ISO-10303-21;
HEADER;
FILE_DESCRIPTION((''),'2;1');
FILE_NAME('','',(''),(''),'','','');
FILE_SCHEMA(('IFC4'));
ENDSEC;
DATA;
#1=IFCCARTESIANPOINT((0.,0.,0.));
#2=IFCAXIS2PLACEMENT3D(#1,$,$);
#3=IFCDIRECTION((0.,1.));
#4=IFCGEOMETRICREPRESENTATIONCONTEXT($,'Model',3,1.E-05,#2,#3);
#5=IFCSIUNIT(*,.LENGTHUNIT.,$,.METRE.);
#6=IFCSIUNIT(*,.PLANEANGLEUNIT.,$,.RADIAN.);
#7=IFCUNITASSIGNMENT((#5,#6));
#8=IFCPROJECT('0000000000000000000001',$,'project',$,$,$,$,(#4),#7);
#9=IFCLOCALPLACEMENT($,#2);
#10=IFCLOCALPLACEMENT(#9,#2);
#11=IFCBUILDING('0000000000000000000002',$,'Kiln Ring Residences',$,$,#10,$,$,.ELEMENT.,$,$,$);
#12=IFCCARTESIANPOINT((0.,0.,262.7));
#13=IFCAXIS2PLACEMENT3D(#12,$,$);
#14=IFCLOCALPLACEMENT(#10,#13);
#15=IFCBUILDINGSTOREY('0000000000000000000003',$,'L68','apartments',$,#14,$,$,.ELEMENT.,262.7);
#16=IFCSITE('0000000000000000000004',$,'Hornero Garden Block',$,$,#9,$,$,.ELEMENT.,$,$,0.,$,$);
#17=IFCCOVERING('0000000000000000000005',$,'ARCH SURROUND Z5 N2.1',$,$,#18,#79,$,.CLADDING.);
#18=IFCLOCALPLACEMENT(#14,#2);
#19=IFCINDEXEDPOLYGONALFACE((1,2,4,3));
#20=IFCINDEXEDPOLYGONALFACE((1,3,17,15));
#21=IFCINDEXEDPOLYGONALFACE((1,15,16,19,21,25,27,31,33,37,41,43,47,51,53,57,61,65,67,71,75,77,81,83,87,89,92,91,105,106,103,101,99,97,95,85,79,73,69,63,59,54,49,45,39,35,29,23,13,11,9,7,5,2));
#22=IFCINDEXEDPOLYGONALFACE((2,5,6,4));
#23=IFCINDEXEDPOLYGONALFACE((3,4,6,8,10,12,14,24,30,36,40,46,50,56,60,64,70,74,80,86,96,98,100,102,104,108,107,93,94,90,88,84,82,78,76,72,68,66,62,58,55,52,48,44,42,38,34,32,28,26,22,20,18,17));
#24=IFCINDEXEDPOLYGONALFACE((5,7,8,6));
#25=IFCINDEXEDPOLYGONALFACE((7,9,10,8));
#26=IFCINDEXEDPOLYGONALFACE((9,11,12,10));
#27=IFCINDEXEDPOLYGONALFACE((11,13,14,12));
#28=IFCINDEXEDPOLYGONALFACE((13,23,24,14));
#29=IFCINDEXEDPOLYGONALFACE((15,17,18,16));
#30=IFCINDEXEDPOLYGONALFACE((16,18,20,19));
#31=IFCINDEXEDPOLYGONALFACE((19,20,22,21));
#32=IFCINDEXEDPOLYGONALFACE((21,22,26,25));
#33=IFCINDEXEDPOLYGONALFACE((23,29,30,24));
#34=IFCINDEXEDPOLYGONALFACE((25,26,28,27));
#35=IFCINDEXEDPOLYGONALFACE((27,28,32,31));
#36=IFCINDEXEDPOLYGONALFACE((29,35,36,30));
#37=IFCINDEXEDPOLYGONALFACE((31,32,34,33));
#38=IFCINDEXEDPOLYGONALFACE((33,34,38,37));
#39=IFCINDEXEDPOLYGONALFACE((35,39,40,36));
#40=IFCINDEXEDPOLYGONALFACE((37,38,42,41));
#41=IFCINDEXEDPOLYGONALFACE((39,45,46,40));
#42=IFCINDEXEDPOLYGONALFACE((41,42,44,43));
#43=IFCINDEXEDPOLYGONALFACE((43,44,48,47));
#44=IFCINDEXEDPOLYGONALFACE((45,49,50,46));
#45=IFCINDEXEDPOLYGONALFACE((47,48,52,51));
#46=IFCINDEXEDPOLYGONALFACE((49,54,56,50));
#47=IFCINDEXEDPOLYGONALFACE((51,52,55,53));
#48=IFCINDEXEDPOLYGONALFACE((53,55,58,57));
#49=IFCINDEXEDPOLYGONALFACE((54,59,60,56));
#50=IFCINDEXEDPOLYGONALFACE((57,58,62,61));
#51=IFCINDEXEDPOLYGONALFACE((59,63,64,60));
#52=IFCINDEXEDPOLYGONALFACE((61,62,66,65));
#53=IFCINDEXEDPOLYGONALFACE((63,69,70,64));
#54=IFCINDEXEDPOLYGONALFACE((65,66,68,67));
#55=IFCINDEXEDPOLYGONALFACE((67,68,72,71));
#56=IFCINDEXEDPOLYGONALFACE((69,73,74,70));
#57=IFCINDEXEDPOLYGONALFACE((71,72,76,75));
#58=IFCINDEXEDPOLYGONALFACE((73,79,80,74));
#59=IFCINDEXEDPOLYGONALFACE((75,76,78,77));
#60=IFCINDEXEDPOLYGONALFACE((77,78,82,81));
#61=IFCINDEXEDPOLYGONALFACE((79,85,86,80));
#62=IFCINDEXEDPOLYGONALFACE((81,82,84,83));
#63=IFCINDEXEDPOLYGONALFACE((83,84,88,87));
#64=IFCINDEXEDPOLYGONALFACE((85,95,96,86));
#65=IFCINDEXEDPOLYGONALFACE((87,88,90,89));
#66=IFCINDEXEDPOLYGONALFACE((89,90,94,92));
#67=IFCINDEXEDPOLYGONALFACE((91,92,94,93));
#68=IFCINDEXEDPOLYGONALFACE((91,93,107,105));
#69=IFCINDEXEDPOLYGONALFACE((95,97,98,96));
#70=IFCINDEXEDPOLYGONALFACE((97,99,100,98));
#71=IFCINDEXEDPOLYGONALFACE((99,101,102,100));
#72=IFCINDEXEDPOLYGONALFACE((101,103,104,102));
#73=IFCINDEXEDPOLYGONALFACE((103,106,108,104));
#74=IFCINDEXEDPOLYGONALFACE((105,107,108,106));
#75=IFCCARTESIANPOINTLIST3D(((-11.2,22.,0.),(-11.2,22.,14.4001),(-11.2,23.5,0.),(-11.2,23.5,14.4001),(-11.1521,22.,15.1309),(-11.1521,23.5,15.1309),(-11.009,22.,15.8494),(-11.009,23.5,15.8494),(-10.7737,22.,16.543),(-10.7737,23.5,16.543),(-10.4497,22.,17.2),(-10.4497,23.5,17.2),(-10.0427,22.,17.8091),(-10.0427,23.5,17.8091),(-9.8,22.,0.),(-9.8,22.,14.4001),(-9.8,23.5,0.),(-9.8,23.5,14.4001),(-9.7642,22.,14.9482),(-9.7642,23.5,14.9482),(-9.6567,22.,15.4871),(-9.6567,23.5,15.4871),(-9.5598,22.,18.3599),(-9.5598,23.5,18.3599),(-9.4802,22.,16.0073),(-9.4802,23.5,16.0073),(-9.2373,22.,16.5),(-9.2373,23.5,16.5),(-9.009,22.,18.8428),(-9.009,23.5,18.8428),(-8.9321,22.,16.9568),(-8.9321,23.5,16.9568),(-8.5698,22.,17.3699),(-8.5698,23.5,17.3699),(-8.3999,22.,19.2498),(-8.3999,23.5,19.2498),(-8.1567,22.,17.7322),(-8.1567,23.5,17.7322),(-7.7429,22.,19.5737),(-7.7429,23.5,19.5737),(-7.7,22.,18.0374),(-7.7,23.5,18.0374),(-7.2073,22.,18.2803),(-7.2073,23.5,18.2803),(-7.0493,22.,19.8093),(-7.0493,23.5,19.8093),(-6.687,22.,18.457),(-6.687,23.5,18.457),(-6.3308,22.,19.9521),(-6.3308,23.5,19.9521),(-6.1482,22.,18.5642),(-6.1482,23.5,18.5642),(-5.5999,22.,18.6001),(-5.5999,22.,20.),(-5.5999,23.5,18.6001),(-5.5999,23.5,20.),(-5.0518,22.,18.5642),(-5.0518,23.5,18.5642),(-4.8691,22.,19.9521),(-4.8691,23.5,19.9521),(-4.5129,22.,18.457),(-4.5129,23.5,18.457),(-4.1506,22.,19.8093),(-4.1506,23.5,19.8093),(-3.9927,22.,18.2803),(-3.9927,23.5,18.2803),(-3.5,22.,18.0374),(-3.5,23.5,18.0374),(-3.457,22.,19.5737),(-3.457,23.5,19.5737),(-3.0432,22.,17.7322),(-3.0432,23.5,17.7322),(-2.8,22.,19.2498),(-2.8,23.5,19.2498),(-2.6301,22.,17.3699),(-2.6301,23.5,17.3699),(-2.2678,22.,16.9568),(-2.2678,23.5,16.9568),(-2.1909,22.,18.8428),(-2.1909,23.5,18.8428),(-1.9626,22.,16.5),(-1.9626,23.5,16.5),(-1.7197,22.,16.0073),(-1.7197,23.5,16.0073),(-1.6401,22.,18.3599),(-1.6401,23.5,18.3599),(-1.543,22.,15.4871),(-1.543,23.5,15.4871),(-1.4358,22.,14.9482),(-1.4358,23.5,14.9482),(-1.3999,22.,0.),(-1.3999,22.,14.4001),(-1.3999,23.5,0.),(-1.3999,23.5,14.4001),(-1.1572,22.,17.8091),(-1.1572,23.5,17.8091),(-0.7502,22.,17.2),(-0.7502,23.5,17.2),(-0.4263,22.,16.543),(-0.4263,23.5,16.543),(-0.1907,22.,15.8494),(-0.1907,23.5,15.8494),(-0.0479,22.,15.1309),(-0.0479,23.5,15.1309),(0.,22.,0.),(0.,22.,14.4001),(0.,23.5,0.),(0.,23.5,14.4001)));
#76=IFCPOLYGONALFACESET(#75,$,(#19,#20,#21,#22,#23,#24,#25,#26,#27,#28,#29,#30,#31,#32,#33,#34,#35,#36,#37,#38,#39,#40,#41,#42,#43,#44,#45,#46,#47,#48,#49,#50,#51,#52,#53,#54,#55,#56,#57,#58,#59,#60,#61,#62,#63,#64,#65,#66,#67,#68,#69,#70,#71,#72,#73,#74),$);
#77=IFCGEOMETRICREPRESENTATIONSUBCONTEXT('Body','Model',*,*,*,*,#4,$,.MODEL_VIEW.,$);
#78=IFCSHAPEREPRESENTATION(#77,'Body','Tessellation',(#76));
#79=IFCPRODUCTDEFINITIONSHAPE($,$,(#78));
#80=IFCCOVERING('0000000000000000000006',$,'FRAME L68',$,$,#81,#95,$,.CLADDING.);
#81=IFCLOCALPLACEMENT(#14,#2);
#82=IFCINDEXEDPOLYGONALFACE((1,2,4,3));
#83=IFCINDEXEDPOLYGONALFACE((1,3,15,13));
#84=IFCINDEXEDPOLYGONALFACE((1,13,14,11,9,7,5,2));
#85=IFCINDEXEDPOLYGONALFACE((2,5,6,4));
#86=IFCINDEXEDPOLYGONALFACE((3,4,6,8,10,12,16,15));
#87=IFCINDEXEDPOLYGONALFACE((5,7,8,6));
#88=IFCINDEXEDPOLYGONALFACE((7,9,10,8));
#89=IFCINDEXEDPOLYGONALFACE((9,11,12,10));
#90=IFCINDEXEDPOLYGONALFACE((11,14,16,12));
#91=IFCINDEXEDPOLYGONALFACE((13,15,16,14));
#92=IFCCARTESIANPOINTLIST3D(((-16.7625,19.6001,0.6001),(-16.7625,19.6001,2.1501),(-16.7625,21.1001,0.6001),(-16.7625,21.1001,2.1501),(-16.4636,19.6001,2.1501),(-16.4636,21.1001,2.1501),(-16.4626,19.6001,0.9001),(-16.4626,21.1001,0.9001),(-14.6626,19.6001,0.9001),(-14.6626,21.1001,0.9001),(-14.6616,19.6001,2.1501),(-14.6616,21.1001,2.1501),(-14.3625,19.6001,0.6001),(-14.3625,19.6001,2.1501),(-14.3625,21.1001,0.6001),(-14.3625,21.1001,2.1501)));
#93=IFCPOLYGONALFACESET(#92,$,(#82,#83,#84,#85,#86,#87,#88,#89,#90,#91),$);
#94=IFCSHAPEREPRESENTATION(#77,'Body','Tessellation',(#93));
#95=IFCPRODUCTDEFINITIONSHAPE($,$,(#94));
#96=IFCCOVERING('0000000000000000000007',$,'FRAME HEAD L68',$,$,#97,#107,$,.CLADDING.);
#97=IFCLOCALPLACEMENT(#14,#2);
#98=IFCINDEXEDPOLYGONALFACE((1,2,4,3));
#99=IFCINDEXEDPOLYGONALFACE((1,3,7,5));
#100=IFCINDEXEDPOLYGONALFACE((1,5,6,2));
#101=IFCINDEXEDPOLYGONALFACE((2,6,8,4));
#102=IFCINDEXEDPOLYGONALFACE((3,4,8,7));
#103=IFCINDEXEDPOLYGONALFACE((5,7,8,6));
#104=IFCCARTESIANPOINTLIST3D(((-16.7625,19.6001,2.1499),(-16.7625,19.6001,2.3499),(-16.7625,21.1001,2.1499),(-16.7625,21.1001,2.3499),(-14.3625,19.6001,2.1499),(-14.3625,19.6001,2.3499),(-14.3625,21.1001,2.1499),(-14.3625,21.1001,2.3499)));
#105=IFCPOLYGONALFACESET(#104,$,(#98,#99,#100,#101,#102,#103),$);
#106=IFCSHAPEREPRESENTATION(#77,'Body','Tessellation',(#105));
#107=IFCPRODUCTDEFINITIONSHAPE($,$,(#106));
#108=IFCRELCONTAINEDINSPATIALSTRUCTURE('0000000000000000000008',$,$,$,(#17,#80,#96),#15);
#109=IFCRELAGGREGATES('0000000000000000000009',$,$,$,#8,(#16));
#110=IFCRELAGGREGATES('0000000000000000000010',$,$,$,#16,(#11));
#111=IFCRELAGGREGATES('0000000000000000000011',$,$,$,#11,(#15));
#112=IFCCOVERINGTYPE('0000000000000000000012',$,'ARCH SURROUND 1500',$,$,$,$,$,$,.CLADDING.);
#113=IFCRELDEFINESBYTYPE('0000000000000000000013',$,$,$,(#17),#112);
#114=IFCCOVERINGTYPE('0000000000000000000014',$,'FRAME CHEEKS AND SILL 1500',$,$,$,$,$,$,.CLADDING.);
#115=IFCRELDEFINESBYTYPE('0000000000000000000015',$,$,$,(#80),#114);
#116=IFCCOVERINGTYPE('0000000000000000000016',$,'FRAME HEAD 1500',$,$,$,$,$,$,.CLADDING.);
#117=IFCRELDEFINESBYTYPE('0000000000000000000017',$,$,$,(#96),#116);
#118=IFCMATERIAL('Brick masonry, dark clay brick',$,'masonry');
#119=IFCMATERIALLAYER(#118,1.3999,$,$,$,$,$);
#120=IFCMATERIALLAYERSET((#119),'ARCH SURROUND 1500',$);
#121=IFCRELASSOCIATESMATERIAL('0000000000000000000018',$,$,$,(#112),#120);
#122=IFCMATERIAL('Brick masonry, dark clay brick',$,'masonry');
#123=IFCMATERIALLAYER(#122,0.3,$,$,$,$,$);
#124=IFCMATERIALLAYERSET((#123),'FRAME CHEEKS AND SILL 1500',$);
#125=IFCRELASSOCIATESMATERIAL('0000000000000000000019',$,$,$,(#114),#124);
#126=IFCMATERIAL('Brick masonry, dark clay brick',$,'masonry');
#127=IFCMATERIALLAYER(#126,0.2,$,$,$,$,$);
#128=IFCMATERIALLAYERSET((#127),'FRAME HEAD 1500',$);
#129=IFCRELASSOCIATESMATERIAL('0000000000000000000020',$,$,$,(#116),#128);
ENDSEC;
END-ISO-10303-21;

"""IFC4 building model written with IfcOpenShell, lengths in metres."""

from ifc_helpers import new_model, si_unit, direction, frame, origin, origin_2d, place, context, subcontext, project, spatial, polyline, rectangle, outline, extrude, material, layer, layer_set, type_object, element, save


model = new_model("IFC4")

# Units and contexts
model_context = context("Model", 3, precision=1e-05, world=origin(), true_north=direction((0.0, 1.0)))
body_context = subcontext(model_context, "Body", "Model", "MODEL_VIEW")
ifc_project = project(units=[si_unit("LENGTHUNIT", "METRE"), si_unit("PLANEANGLEUNIT", "RADIAN")], contexts=[model_context])

# Site, building, storey
site_placement = place(None, origin())
site = spatial("IfcSite", under=ifc_project, at=site_placement, Name="Hornero Garden Block", CompositionType="ELEMENT", RefElevation=0.0)
building_placement = place(site_placement, origin())
building = spatial("IfcBuilding", under=site, at=building_placement, Name="Kiln Ring Residences", CompositionType="ELEMENT")
storey_placement = place(building_placement, frame((0.0, 0.0, 262.7)))
storey = spatial("IfcBuildingStorey", under=building, at=storey_placement, Name="L68", Description="apartments", CompositionType="ELEMENT", Elevation=262.7)

# Coverings
ifc_material_1 = material(Name="Brick masonry, dark clay brick", Category="masonry")
ifc_layer_1 = layer(ifc_material_1, 1.3999)
ifc_layer_set_1 = layer_set([ifc_layer_1], Name="ARCH SURROUND 1500")
covering_type_1 = type_object("IfcCoveringType", Name="ARCH SURROUND 1500", PredefinedType="CLADDING", material=ifc_layer_set_1)
covering_1_placement = place(storey_placement, frame((-11.2, 22.75, 0.0), z_axis=(0.0, 0.0, 1.0), x_axis=(1.0, 0.0, 0.0)))
element("IfcCovering", 1, at=covering_1_placement, inside=storey, type_object=covering_type_1, Name="ARCH SURROUND Z5 N2.1", PredefinedType="CLADDING", context=body_context, shape_type="SweptSolid", body=[
    extrude(outline(polyline([(0.0, 0.0), (0.0, 14.4001), (0.0479, 15.1309), (0.1909, 15.8494), (0.4263, 16.543), (0.7502, 17.2), (1.1572, 17.8091), (1.6401, 18.3599), (2.1909, 18.8428), (2.8, 19.2498), (3.457, 19.5737), (4.1506, 19.8093), (4.8691, 19.9521), (5.6001, 20.0), (6.3308, 19.9521), (7.0493, 19.8093), (7.7429, 19.5737), (8.3999, 19.2498), (9.009, 18.8428), (9.5598, 18.3599), (10.0427, 17.8091), (10.4497, 17.2), (10.7737, 16.543), (11.0093, 15.8494), (11.1521, 15.1309), (11.2, 14.4001), (11.2, 0.0), (9.8, 0.0), (9.8, 14.4001), (9.7642, 14.9482), (9.657, 15.4871), (9.4802, 16.0073), (9.2373, 16.5), (8.9321, 16.9568), (8.5698, 17.3699), (8.1567, 17.7322), (7.7, 18.0374), (7.2073, 18.2803), (6.687, 18.457), (6.1482, 18.5642), (5.6001, 18.6001), (5.0518, 18.5642), (4.5129, 18.457), (3.9927, 18.2803), (3.5, 18.0374), (3.0432, 17.7322), (2.6301, 17.3699), (2.2678, 16.9568), (1.9626, 16.5), (1.7197, 16.0073), (1.5432, 15.4871), (1.4358, 14.9482), (1.3999, 14.4001), (1.3999, 0.0), (0.0, 0.0)])), frame((0.0, 0.75, 0.0), z_axis=(0.0, -1.0, 0.0), x_axis=(1.0, 0.0, 0.0)), (0.0, 0.0, 1.0), 1.5),
])
ifc_material_2 = material(Name="Brick masonry, dark clay brick", Category="masonry")
ifc_layer_2 = layer(ifc_material_2, 0.3)
ifc_layer_set_2 = layer_set([ifc_layer_2], Name="FRAME CHEEKS AND SILL 1500")
covering_type_2 = type_object("IfcCoveringType", Name="FRAME CHEEKS AND SILL 1500", PredefinedType="CLADDING", material=ifc_layer_set_2)
covering_2_placement = place(storey_placement, frame((-14.3625, 20.3501, 0.6001), z_axis=(0.0, 0.0, 1.0), x_axis=(-1.0, 0.0, 0.0)))
element("IfcCovering", 2, at=covering_2_placement, inside=storey, type_object=covering_type_2, Name="FRAME L68", PredefinedType="CLADDING", context=body_context, shape_type="SweptSolid", body=[
    extrude(outline(polyline([(0.0, 0.0), (2.3999, 0.0), (2.3999, 1.55), (2.1011, 1.55), (2.1001, 0.3), (0.3, 0.3), (0.2991, 1.55), (0.0, 1.55), (0.0, 0.0)])), frame((0.0, 0.75, 0.0), z_axis=(0.0, -1.0, 0.0), x_axis=(1.0, 0.0, 0.0)), (0.0, 0.0, 1.0), 1.5),
])
ifc_material_3 = material(Name="Brick masonry, dark clay brick", Category="masonry")
ifc_layer_3 = layer(ifc_material_3, 0.2)
ifc_layer_set_3 = layer_set([ifc_layer_3], Name="FRAME HEAD 1500")
covering_type_3 = type_object("IfcCoveringType", Name="FRAME HEAD 1500", PredefinedType="CLADDING", material=ifc_layer_set_3)
covering_3_placement = place(storey_placement, frame((-15.5625, 20.3501, 2.1499), z_axis=(0.0, 0.0, 1.0), x_axis=(-1.0, 0.0, 0.0)))
element("IfcCovering", 3, at=covering_3_placement, inside=storey, type_object=covering_type_3, Name="FRAME HEAD L68", PredefinedType="CLADDING", context=body_context, shape_type="SweptSolid", body=[
    extrude(rectangle(XDim=2.3999, YDim=1.5, at=origin_2d()), origin(), (0.0, 0.0, 1.0), 0.2),
])

save(model, "model.ifc")
